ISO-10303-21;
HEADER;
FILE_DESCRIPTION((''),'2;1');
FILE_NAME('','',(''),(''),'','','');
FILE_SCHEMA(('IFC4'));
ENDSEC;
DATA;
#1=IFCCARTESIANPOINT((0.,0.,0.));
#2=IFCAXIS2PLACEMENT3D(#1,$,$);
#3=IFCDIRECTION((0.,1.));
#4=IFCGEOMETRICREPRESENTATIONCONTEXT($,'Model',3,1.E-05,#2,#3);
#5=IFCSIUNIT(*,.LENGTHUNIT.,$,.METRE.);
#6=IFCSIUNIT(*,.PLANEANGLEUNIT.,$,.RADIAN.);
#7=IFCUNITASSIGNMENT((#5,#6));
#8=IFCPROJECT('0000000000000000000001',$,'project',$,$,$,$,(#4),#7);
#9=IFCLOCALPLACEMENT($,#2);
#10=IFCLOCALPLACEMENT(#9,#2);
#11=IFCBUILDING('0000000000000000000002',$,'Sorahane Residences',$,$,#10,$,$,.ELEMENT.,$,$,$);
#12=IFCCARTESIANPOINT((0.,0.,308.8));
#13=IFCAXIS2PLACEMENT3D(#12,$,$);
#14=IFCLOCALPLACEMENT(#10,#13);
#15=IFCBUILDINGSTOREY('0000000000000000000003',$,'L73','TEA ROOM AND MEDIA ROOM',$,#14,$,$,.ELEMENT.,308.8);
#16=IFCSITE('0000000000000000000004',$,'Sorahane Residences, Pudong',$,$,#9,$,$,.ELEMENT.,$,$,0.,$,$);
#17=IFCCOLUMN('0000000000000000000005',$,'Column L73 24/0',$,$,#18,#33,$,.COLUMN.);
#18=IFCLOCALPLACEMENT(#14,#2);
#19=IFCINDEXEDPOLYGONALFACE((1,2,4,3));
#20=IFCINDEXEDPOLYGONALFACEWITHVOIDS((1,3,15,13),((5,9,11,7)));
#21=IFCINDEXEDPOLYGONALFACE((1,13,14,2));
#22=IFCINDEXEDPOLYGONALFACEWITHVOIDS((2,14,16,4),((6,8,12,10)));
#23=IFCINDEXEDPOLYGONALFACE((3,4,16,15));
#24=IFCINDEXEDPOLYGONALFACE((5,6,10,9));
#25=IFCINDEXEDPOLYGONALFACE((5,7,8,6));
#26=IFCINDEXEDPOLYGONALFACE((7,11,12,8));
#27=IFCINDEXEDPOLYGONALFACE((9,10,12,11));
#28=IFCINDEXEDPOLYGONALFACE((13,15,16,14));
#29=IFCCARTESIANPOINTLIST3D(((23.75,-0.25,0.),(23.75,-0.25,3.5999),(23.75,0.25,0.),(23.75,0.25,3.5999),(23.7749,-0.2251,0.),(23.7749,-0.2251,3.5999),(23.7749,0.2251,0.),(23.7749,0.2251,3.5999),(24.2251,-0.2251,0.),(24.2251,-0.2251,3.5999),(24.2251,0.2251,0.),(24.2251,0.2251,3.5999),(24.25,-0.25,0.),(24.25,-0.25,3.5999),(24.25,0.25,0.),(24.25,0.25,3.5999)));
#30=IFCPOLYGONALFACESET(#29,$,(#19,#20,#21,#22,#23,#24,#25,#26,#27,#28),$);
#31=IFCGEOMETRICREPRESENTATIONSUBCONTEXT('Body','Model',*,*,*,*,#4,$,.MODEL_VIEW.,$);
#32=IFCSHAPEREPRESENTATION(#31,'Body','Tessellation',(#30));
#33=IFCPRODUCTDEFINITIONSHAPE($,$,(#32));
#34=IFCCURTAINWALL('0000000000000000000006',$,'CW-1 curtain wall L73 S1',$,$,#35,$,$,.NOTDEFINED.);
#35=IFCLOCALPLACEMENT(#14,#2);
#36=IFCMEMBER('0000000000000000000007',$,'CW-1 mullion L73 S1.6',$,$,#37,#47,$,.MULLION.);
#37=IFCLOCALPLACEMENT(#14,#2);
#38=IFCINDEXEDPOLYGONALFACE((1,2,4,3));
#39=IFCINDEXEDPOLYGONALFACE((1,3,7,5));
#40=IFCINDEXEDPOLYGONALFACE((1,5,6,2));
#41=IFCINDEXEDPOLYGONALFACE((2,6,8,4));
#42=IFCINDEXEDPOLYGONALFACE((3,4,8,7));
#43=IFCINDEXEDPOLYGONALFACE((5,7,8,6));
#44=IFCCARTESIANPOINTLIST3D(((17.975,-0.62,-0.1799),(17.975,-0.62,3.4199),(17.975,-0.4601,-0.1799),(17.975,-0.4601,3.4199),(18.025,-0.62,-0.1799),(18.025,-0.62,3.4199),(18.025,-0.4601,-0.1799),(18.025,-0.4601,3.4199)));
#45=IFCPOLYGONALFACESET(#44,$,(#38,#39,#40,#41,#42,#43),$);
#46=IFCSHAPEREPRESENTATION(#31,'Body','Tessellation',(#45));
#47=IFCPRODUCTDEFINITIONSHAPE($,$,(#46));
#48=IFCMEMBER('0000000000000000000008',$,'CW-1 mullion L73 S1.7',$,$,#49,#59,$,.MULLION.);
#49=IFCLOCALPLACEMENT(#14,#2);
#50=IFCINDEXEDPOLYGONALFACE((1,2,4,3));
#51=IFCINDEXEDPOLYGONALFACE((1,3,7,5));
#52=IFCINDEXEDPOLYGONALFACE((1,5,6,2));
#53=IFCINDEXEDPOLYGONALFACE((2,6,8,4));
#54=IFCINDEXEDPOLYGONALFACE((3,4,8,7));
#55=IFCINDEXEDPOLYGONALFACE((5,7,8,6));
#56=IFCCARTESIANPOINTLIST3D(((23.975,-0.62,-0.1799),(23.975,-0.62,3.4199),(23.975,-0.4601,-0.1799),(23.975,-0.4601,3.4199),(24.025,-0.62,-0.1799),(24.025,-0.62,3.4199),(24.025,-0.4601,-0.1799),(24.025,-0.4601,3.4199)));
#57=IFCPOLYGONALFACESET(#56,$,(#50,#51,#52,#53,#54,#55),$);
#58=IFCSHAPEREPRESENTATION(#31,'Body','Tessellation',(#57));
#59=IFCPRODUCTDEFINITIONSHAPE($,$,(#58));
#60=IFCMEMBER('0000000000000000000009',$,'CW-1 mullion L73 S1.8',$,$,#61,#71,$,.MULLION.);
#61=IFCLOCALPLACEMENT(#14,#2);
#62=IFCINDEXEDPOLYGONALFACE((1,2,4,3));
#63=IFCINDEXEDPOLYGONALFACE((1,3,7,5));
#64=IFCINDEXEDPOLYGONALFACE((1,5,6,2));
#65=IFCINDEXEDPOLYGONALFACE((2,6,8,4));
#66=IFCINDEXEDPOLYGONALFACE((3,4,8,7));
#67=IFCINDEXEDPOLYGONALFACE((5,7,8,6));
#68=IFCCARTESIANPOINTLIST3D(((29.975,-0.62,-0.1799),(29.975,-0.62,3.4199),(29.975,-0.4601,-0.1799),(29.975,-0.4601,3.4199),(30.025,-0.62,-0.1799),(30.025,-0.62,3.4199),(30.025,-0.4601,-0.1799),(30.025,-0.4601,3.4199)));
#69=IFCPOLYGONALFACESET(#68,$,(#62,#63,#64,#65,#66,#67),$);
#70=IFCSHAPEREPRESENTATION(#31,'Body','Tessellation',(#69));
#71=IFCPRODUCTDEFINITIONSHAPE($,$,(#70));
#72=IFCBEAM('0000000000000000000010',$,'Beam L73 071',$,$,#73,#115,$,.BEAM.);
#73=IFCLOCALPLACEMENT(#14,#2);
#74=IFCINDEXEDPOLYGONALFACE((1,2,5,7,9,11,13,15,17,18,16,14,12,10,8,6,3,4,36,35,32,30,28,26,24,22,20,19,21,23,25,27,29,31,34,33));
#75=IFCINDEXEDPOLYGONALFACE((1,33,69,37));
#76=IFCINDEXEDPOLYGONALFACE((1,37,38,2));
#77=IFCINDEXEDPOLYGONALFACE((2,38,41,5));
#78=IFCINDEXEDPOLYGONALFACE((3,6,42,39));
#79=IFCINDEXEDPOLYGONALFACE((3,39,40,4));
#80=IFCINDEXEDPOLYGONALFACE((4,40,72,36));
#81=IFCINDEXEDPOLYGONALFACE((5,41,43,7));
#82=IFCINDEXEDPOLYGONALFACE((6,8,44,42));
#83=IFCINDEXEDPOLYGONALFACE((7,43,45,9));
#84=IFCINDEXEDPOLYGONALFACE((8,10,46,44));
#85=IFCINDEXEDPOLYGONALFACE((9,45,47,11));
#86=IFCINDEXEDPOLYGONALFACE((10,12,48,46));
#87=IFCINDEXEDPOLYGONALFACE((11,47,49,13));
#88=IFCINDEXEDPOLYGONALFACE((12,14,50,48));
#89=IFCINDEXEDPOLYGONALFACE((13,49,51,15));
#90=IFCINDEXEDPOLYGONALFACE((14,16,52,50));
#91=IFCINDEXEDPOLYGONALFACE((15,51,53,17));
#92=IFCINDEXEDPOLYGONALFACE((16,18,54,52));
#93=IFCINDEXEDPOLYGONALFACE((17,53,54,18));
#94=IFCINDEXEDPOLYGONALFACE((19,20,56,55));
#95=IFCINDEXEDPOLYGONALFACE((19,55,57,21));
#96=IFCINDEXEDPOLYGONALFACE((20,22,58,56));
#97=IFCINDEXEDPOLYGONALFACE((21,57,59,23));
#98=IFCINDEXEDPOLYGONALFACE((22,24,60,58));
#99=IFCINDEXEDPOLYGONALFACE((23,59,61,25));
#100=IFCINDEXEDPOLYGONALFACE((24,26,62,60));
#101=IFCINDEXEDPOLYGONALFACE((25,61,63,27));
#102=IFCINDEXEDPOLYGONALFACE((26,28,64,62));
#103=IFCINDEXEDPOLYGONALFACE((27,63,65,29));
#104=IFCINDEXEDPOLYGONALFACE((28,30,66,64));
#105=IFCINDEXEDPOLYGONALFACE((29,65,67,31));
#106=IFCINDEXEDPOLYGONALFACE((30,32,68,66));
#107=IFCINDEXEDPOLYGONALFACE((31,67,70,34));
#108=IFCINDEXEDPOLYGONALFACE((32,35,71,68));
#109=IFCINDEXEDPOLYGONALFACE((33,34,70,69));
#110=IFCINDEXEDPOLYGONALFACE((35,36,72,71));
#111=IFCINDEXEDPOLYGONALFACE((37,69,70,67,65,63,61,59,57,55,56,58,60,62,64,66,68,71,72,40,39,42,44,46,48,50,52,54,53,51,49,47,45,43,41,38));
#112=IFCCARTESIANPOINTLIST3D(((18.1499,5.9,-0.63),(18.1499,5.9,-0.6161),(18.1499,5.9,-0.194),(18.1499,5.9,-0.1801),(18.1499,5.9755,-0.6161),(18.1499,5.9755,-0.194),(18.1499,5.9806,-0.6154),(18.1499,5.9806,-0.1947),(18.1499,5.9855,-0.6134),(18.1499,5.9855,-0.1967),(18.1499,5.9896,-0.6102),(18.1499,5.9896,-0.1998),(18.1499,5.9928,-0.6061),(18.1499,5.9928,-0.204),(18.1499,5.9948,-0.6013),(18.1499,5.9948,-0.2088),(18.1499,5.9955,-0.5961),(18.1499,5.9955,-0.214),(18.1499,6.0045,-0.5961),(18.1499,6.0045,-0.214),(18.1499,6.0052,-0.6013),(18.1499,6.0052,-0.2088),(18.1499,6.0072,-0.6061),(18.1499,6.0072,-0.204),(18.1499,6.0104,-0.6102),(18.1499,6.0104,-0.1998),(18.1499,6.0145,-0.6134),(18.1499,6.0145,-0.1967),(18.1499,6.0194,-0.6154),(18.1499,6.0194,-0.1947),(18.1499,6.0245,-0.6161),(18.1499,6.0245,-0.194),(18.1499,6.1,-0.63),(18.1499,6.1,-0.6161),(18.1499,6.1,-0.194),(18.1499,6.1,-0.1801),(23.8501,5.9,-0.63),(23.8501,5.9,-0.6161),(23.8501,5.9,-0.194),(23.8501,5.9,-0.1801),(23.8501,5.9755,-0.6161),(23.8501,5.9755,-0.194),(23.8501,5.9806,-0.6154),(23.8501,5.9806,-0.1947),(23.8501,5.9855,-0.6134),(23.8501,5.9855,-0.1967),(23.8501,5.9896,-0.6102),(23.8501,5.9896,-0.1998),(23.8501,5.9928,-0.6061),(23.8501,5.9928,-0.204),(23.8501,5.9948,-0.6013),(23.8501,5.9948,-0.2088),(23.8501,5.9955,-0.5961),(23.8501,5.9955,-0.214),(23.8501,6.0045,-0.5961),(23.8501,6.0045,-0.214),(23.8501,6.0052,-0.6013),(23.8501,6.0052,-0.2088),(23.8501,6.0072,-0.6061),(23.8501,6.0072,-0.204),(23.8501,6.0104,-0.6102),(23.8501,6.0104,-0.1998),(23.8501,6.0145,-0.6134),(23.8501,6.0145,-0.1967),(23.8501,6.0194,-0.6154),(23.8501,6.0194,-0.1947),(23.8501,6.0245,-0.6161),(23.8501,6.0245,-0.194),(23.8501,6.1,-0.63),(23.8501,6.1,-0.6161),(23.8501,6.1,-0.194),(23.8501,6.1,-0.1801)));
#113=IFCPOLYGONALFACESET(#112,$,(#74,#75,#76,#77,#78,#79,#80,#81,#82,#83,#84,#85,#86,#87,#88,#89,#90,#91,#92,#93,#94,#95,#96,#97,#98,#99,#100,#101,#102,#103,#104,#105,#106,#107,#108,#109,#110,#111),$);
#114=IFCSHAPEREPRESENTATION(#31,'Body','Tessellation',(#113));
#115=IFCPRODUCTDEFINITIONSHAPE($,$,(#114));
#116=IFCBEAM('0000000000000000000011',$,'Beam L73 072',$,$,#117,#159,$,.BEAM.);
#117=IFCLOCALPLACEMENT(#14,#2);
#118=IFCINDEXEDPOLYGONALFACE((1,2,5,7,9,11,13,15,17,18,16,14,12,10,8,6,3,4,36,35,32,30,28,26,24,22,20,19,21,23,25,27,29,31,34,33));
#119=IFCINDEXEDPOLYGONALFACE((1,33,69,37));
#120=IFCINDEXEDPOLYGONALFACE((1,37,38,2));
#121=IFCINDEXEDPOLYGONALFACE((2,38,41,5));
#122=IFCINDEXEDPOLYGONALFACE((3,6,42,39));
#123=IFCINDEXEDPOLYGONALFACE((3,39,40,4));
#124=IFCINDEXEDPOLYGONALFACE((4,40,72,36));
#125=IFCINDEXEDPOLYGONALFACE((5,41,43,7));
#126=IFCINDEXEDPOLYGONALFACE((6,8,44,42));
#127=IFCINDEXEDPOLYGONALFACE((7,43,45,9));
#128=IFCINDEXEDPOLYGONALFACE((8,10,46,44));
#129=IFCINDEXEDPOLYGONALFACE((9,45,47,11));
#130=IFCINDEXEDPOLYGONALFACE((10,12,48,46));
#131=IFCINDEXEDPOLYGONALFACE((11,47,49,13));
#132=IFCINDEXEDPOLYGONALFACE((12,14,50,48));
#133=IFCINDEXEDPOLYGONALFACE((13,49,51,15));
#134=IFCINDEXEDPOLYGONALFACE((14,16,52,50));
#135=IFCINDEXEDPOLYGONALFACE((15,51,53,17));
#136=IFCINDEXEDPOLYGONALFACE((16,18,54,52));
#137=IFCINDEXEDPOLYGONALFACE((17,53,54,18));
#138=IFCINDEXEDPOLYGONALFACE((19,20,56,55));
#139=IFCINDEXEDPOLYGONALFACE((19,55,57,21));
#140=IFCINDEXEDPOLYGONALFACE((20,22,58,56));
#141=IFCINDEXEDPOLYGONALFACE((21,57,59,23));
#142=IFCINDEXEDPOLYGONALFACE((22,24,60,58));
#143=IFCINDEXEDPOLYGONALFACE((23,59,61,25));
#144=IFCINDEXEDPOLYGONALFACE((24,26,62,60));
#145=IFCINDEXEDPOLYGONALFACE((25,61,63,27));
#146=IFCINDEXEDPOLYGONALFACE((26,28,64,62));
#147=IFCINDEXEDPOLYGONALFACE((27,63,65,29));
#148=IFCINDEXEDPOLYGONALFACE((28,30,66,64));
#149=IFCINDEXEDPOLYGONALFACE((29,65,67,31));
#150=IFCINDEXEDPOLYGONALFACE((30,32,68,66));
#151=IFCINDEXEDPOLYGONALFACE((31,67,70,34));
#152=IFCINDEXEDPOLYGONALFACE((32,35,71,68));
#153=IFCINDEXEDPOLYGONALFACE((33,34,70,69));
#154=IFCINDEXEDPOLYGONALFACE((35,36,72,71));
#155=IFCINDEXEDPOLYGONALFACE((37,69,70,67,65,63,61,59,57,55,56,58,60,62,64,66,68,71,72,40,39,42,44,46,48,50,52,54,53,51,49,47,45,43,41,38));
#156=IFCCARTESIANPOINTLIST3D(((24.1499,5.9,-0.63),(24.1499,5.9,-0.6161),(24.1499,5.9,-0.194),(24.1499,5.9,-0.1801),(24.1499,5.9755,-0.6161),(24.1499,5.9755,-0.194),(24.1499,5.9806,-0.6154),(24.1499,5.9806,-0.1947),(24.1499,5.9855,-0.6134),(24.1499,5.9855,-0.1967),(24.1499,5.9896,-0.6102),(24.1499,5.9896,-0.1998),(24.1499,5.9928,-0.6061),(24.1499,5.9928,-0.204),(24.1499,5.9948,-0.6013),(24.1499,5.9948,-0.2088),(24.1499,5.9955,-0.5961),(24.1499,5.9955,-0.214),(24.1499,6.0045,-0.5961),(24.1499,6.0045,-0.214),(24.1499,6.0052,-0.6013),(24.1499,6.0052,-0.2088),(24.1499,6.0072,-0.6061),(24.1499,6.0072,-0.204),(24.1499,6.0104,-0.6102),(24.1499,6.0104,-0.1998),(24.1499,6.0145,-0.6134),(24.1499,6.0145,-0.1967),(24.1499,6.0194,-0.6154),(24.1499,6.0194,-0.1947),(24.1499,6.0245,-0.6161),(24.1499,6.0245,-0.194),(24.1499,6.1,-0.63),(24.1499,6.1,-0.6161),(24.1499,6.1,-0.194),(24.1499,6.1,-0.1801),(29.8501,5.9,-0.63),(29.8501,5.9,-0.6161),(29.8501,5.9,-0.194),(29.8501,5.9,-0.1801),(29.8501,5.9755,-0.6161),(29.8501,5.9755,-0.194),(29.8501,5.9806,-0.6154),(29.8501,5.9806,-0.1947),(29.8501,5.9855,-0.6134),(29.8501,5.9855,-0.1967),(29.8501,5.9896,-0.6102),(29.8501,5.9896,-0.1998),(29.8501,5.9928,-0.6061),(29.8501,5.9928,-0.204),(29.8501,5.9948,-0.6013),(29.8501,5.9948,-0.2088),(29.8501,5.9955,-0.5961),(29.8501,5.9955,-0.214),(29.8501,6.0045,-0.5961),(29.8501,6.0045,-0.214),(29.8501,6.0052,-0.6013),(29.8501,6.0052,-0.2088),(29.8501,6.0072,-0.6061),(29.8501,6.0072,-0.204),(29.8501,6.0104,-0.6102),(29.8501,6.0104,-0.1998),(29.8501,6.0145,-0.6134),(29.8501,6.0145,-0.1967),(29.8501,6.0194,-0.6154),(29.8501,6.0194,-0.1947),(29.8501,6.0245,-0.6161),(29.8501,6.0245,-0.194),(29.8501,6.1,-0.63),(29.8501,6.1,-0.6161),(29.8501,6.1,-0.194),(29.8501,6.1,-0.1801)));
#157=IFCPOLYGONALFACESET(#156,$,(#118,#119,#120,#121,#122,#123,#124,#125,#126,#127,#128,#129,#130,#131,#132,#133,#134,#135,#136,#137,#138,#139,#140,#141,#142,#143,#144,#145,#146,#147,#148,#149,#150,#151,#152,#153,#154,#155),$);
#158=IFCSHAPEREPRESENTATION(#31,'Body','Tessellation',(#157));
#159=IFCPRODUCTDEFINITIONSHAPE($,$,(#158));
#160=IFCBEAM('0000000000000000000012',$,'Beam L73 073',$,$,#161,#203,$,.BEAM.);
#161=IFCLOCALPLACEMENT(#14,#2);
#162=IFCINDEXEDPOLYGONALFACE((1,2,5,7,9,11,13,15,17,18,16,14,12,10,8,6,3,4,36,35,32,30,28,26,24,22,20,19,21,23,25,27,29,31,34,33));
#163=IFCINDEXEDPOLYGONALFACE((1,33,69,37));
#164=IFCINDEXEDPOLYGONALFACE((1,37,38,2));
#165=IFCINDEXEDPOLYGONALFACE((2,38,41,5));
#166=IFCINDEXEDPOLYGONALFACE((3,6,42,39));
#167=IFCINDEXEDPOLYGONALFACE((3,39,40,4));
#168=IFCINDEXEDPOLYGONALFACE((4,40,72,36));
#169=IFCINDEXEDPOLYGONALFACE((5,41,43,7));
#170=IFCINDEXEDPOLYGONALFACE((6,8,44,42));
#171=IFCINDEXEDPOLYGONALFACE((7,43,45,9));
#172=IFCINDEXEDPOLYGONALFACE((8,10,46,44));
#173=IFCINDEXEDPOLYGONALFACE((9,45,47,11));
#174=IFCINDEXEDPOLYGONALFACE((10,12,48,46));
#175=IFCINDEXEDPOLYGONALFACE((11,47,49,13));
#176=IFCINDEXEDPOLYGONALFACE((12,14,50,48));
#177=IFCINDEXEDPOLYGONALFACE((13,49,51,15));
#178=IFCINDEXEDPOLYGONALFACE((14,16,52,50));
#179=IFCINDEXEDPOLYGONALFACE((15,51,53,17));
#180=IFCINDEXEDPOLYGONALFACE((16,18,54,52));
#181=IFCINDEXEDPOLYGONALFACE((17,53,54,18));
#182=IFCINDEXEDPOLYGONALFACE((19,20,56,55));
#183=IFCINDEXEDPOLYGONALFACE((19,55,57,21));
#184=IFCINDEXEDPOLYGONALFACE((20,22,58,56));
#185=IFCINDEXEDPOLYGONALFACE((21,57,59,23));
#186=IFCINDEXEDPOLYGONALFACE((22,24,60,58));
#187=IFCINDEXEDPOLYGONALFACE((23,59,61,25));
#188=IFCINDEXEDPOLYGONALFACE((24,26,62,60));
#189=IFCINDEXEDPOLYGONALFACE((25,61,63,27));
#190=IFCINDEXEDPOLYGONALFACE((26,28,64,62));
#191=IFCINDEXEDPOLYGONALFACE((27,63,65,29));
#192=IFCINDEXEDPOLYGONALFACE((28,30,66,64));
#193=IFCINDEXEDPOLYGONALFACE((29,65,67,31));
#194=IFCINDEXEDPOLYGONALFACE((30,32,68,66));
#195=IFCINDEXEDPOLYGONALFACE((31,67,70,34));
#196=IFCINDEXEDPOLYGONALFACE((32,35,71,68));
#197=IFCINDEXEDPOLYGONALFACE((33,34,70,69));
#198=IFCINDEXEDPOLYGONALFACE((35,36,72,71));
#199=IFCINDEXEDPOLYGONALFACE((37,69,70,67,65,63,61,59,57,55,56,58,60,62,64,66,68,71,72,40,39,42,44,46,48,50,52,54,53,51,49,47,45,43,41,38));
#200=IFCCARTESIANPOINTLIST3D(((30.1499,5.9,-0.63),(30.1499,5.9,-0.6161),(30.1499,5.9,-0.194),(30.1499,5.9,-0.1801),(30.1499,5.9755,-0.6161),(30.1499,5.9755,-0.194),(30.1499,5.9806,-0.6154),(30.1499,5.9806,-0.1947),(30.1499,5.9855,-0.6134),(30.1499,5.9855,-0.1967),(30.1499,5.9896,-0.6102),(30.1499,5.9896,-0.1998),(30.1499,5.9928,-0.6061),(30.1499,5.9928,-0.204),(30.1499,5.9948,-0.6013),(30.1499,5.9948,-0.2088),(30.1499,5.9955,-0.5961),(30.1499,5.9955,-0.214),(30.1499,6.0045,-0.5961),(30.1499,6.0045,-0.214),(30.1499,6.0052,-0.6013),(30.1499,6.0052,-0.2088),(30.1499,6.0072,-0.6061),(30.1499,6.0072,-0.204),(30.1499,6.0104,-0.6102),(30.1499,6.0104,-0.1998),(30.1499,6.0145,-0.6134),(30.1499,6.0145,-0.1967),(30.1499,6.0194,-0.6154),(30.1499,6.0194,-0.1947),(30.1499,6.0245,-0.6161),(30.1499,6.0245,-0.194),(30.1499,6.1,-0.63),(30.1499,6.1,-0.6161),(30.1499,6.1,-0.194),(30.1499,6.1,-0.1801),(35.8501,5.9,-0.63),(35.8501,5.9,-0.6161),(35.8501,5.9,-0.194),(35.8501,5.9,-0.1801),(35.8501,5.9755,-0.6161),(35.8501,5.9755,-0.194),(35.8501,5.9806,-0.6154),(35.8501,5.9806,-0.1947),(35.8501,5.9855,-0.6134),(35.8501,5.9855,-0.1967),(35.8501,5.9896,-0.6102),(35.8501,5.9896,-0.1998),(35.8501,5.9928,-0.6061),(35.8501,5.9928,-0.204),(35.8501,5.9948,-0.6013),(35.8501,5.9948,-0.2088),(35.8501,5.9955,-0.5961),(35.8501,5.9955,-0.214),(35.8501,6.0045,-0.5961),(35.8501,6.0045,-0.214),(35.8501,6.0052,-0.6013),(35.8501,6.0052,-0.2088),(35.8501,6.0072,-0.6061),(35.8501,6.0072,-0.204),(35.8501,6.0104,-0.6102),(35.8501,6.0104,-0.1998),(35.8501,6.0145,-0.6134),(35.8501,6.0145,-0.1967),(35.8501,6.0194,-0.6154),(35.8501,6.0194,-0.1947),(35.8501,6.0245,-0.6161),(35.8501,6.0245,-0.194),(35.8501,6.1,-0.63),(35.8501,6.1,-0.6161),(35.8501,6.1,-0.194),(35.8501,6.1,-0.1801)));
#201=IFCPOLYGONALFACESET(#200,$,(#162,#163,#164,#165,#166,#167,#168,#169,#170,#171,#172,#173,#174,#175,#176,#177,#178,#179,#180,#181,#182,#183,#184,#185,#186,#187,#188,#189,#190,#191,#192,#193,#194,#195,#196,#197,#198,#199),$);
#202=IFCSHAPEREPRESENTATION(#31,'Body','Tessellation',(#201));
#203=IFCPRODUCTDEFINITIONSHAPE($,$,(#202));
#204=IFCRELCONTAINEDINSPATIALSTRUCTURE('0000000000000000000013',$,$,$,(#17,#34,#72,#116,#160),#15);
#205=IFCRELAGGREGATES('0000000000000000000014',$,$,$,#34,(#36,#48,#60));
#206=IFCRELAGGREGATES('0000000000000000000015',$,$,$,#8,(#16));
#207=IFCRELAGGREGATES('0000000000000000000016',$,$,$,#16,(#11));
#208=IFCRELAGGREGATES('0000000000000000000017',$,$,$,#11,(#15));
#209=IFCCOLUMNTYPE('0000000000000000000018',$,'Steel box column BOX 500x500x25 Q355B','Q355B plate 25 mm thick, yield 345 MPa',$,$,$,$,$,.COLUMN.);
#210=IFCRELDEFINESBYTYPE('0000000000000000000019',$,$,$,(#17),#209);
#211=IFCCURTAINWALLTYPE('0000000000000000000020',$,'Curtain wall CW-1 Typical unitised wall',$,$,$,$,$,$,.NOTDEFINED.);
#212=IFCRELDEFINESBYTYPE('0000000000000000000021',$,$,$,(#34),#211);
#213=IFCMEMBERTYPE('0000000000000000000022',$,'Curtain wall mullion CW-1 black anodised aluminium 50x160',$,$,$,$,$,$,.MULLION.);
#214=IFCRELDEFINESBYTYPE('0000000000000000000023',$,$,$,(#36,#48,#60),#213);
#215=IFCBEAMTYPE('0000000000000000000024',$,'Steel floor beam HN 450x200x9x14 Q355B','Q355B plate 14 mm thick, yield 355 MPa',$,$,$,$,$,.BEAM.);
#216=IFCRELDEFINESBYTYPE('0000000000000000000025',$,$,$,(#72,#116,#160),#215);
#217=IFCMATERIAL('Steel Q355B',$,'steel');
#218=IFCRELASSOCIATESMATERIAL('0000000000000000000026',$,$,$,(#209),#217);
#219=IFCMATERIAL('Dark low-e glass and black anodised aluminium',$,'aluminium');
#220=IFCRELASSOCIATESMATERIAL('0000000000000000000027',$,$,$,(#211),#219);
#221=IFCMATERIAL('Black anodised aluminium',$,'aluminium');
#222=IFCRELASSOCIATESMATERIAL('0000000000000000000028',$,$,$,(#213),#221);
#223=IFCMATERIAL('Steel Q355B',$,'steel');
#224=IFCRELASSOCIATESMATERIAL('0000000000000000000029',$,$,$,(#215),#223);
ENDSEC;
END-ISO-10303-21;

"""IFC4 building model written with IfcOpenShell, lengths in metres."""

from ifc_helpers import new_model, si_unit, direction, frame, origin, origin_2d, place, context, subcontext, project, spatial, rectangle, hollow_rectangle, i_section, extrude, material, material_profile, profile_set, type_object, element, aggregate, save


model = new_model("IFC4")

# Units and contexts
model_context = context("Model", 3, precision=1e-05, world=origin(), true_north=direction((0.0, 1.0)))
body_context = subcontext(model_context, "Body", "Model", "MODEL_VIEW")
ifc_project = project(units=[si_unit("LENGTHUNIT", "METRE"), si_unit("PLANEANGLEUNIT", "RADIAN")], contexts=[model_context])

# Site, building, storey
site_placement = place(None, origin())
site = spatial("IfcSite", under=ifc_project, at=site_placement, Name="Sorahane Residences, Pudong", CompositionType="ELEMENT", RefElevation=0.0)
building_placement = place(site_placement, origin())
building = spatial("IfcBuilding", under=site, at=building_placement, Name="Sorahane Residences", CompositionType="ELEMENT")
storey_placement = place(building_placement, frame((0.0, 0.0, 308.8)))
storey = spatial("IfcBuildingStorey", under=building, at=storey_placement, Name="L73", Description="TEA ROOM AND MEDIA ROOM", CompositionType="ELEMENT", Elevation=308.8)

# Column
ifc_material_1 = material(Name="Steel Q355B", Category="steel")
ifc_material_profile_1 = material_profile(ifc_material_1, hollow_rectangle(XDim=0.5, YDim=0.5, WallThickness=0.0249, at=origin_2d()), Name="BOX 500x500x25")
ifc_profile_set_1 = profile_set([ifc_material_profile_1], Name="Steel Q355B")
column_type = type_object("IfcColumnType", Name="Steel box column BOX 500x500x25 Q355B", Description="Q355B plate 25 mm thick, yield 345 MPa", PredefinedType="COLUMN", material=ifc_profile_set_1)
column_placement = place(storey_placement, frame((24.0, 0.0, 0.0), z_axis=(0.0, 0.0, 1.0), x_axis=(1.0, 0.0, 0.0)))
element("IfcColumn", 1, at=column_placement, inside=storey, type_object=column_type, Name="Column L73 24/0", PredefinedType="COLUMN", context=body_context, shape_type="SweptSolid", body=[
    extrude(hollow_rectangle(XDim=0.5, YDim=0.5, WallThickness=0.0249, at=origin_2d()), origin(), (0.0, 0.0, 1.0), 3.5999),
])

# Curtain wall, members
ifc_material_2 = material(Name="Dark low-e glass and black anodised aluminium", Category="aluminium")
curtain_wall_type = type_object("IfcCurtainWallType", Name="Curtain wall CW-1 Typical unitised wall", PredefinedType="NOTDEFINED", material=ifc_material_2)
curtain_wall_placement = place(storey_placement, origin())
curtain_wall = element("IfcCurtainWall", 2, at=curtain_wall_placement, inside=storey, type_object=curtain_wall_type, Name="CW-1 curtain wall L73 S1", PredefinedType="NOTDEFINED")
ifc_material_3 = material(Name="Black anodised aluminium", Category="aluminium")
ifc_material_profile_2 = material_profile(ifc_material_3, rectangle(XDim=0.1599, YDim=0.05, at=origin_2d()), Name="Curtain wall mullion CW-1 black anodised aluminium 50x160")
ifc_profile_set_2 = profile_set([ifc_material_profile_2], Name="Black anodised aluminium")
member_type = type_object("IfcMemberType", Name="Curtain wall mullion CW-1 black anodised aluminium 50x160", PredefinedType="MULLION", material=ifc_profile_set_2)
member_1_placement = place(storey_placement, frame((18.0, -0.54, -0.1799), z_axis=(0.0, 0.0, 1.0), x_axis=(0.0, -1.0, 0.0)))
member_1 = element("IfcMember", 3, at=member_1_placement, type_object=member_type, Name="CW-1 mullion L73 S1.6", PredefinedType="MULLION", context=body_context, shape_type="SweptSolid", body=[
    extrude(rectangle(XDim=0.1599, YDim=0.05, at=origin_2d()), origin(), (0.0, 0.0, 1.0), 3.5999),
])
member_2_placement = place(storey_placement, frame((24.0, -0.54, -0.1799), z_axis=(0.0, 0.0, 1.0), x_axis=(0.0, -1.0, 0.0)))
member_2 = element("IfcMember", 4, at=member_2_placement, type_object=member_type, Name="CW-1 mullion L73 S1.7", PredefinedType="MULLION", context=body_context, shape_type="SweptSolid", body=[
    extrude(rectangle(XDim=0.1599, YDim=0.05, at=origin_2d()), origin(), (0.0, 0.0, 1.0), 3.5999),
])
member_3_placement = place(storey_placement, frame((30.0, -0.54, -0.1799), z_axis=(0.0, 0.0, 1.0), x_axis=(0.0, -1.0, 0.0)))
member_3 = element("IfcMember", 5, at=member_3_placement, type_object=member_type, Name="CW-1 mullion L73 S1.8", PredefinedType="MULLION", context=body_context, shape_type="SweptSolid", body=[
    extrude(rectangle(XDim=0.1599, YDim=0.05, at=origin_2d()), origin(), (0.0, 0.0, 1.0), 3.5999),
])

# Beams
ifc_material_4 = material(Name="Steel Q355B", Category="steel")
ifc_material_profile_3 = material_profile(ifc_material_4, i_section(OverallWidth=0.2, OverallDepth=0.45, WebThickness=0.009, FlangeThickness=0.0139, FilletRadius=0.02, at=origin_2d()), Name="HN 450x200x9x14")
ifc_profile_set_3 = profile_set([ifc_material_profile_3], Name="Steel Q355B")
beam_type_1 = type_object("IfcBeamType", Name="Steel floor beam HN 450x200x9x14 Q355B", Description="Q355B plate 14 mm thick, yield 355 MPa", PredefinedType="BEAM", material=ifc_profile_set_3)
for number, where, z_axis, x_axis, name in (
    (6, (18.1499, 6.0, -0.405), (1.0, 0.0, 0.0), (0.0, 1.0, 0.0), "Beam L73 071"),
    (7, (24.1499, 6.0, -0.405), (1.0, 0.0, 0.0), (0.0, 1.0, 0.0), "Beam L73 072"),
    (8, (30.1499, 6.0, -0.405), (1.0, 0.0, 0.0), (0.0, 1.0, 0.0), "Beam L73 073"),
):
    element("IfcBeam", number, at=place(storey_placement, frame(where, z_axis=z_axis, x_axis=x_axis)), inside=storey, type_object=beam_type_1, Name=name, PredefinedType="BEAM", context=body_context, shape_type="SweptSolid", body=[
        extrude(i_section(OverallWidth=0.2, OverallDepth=0.45, WebThickness=0.009, FlangeThickness=0.0139, FilletRadius=0.02, at=origin_2d()), origin(), (0.0, 0.0, 1.0), 5.7002),
    ])

aggregate(curtain_wall, [member_1, member_2, member_3])

save(model, "model.ifc")
